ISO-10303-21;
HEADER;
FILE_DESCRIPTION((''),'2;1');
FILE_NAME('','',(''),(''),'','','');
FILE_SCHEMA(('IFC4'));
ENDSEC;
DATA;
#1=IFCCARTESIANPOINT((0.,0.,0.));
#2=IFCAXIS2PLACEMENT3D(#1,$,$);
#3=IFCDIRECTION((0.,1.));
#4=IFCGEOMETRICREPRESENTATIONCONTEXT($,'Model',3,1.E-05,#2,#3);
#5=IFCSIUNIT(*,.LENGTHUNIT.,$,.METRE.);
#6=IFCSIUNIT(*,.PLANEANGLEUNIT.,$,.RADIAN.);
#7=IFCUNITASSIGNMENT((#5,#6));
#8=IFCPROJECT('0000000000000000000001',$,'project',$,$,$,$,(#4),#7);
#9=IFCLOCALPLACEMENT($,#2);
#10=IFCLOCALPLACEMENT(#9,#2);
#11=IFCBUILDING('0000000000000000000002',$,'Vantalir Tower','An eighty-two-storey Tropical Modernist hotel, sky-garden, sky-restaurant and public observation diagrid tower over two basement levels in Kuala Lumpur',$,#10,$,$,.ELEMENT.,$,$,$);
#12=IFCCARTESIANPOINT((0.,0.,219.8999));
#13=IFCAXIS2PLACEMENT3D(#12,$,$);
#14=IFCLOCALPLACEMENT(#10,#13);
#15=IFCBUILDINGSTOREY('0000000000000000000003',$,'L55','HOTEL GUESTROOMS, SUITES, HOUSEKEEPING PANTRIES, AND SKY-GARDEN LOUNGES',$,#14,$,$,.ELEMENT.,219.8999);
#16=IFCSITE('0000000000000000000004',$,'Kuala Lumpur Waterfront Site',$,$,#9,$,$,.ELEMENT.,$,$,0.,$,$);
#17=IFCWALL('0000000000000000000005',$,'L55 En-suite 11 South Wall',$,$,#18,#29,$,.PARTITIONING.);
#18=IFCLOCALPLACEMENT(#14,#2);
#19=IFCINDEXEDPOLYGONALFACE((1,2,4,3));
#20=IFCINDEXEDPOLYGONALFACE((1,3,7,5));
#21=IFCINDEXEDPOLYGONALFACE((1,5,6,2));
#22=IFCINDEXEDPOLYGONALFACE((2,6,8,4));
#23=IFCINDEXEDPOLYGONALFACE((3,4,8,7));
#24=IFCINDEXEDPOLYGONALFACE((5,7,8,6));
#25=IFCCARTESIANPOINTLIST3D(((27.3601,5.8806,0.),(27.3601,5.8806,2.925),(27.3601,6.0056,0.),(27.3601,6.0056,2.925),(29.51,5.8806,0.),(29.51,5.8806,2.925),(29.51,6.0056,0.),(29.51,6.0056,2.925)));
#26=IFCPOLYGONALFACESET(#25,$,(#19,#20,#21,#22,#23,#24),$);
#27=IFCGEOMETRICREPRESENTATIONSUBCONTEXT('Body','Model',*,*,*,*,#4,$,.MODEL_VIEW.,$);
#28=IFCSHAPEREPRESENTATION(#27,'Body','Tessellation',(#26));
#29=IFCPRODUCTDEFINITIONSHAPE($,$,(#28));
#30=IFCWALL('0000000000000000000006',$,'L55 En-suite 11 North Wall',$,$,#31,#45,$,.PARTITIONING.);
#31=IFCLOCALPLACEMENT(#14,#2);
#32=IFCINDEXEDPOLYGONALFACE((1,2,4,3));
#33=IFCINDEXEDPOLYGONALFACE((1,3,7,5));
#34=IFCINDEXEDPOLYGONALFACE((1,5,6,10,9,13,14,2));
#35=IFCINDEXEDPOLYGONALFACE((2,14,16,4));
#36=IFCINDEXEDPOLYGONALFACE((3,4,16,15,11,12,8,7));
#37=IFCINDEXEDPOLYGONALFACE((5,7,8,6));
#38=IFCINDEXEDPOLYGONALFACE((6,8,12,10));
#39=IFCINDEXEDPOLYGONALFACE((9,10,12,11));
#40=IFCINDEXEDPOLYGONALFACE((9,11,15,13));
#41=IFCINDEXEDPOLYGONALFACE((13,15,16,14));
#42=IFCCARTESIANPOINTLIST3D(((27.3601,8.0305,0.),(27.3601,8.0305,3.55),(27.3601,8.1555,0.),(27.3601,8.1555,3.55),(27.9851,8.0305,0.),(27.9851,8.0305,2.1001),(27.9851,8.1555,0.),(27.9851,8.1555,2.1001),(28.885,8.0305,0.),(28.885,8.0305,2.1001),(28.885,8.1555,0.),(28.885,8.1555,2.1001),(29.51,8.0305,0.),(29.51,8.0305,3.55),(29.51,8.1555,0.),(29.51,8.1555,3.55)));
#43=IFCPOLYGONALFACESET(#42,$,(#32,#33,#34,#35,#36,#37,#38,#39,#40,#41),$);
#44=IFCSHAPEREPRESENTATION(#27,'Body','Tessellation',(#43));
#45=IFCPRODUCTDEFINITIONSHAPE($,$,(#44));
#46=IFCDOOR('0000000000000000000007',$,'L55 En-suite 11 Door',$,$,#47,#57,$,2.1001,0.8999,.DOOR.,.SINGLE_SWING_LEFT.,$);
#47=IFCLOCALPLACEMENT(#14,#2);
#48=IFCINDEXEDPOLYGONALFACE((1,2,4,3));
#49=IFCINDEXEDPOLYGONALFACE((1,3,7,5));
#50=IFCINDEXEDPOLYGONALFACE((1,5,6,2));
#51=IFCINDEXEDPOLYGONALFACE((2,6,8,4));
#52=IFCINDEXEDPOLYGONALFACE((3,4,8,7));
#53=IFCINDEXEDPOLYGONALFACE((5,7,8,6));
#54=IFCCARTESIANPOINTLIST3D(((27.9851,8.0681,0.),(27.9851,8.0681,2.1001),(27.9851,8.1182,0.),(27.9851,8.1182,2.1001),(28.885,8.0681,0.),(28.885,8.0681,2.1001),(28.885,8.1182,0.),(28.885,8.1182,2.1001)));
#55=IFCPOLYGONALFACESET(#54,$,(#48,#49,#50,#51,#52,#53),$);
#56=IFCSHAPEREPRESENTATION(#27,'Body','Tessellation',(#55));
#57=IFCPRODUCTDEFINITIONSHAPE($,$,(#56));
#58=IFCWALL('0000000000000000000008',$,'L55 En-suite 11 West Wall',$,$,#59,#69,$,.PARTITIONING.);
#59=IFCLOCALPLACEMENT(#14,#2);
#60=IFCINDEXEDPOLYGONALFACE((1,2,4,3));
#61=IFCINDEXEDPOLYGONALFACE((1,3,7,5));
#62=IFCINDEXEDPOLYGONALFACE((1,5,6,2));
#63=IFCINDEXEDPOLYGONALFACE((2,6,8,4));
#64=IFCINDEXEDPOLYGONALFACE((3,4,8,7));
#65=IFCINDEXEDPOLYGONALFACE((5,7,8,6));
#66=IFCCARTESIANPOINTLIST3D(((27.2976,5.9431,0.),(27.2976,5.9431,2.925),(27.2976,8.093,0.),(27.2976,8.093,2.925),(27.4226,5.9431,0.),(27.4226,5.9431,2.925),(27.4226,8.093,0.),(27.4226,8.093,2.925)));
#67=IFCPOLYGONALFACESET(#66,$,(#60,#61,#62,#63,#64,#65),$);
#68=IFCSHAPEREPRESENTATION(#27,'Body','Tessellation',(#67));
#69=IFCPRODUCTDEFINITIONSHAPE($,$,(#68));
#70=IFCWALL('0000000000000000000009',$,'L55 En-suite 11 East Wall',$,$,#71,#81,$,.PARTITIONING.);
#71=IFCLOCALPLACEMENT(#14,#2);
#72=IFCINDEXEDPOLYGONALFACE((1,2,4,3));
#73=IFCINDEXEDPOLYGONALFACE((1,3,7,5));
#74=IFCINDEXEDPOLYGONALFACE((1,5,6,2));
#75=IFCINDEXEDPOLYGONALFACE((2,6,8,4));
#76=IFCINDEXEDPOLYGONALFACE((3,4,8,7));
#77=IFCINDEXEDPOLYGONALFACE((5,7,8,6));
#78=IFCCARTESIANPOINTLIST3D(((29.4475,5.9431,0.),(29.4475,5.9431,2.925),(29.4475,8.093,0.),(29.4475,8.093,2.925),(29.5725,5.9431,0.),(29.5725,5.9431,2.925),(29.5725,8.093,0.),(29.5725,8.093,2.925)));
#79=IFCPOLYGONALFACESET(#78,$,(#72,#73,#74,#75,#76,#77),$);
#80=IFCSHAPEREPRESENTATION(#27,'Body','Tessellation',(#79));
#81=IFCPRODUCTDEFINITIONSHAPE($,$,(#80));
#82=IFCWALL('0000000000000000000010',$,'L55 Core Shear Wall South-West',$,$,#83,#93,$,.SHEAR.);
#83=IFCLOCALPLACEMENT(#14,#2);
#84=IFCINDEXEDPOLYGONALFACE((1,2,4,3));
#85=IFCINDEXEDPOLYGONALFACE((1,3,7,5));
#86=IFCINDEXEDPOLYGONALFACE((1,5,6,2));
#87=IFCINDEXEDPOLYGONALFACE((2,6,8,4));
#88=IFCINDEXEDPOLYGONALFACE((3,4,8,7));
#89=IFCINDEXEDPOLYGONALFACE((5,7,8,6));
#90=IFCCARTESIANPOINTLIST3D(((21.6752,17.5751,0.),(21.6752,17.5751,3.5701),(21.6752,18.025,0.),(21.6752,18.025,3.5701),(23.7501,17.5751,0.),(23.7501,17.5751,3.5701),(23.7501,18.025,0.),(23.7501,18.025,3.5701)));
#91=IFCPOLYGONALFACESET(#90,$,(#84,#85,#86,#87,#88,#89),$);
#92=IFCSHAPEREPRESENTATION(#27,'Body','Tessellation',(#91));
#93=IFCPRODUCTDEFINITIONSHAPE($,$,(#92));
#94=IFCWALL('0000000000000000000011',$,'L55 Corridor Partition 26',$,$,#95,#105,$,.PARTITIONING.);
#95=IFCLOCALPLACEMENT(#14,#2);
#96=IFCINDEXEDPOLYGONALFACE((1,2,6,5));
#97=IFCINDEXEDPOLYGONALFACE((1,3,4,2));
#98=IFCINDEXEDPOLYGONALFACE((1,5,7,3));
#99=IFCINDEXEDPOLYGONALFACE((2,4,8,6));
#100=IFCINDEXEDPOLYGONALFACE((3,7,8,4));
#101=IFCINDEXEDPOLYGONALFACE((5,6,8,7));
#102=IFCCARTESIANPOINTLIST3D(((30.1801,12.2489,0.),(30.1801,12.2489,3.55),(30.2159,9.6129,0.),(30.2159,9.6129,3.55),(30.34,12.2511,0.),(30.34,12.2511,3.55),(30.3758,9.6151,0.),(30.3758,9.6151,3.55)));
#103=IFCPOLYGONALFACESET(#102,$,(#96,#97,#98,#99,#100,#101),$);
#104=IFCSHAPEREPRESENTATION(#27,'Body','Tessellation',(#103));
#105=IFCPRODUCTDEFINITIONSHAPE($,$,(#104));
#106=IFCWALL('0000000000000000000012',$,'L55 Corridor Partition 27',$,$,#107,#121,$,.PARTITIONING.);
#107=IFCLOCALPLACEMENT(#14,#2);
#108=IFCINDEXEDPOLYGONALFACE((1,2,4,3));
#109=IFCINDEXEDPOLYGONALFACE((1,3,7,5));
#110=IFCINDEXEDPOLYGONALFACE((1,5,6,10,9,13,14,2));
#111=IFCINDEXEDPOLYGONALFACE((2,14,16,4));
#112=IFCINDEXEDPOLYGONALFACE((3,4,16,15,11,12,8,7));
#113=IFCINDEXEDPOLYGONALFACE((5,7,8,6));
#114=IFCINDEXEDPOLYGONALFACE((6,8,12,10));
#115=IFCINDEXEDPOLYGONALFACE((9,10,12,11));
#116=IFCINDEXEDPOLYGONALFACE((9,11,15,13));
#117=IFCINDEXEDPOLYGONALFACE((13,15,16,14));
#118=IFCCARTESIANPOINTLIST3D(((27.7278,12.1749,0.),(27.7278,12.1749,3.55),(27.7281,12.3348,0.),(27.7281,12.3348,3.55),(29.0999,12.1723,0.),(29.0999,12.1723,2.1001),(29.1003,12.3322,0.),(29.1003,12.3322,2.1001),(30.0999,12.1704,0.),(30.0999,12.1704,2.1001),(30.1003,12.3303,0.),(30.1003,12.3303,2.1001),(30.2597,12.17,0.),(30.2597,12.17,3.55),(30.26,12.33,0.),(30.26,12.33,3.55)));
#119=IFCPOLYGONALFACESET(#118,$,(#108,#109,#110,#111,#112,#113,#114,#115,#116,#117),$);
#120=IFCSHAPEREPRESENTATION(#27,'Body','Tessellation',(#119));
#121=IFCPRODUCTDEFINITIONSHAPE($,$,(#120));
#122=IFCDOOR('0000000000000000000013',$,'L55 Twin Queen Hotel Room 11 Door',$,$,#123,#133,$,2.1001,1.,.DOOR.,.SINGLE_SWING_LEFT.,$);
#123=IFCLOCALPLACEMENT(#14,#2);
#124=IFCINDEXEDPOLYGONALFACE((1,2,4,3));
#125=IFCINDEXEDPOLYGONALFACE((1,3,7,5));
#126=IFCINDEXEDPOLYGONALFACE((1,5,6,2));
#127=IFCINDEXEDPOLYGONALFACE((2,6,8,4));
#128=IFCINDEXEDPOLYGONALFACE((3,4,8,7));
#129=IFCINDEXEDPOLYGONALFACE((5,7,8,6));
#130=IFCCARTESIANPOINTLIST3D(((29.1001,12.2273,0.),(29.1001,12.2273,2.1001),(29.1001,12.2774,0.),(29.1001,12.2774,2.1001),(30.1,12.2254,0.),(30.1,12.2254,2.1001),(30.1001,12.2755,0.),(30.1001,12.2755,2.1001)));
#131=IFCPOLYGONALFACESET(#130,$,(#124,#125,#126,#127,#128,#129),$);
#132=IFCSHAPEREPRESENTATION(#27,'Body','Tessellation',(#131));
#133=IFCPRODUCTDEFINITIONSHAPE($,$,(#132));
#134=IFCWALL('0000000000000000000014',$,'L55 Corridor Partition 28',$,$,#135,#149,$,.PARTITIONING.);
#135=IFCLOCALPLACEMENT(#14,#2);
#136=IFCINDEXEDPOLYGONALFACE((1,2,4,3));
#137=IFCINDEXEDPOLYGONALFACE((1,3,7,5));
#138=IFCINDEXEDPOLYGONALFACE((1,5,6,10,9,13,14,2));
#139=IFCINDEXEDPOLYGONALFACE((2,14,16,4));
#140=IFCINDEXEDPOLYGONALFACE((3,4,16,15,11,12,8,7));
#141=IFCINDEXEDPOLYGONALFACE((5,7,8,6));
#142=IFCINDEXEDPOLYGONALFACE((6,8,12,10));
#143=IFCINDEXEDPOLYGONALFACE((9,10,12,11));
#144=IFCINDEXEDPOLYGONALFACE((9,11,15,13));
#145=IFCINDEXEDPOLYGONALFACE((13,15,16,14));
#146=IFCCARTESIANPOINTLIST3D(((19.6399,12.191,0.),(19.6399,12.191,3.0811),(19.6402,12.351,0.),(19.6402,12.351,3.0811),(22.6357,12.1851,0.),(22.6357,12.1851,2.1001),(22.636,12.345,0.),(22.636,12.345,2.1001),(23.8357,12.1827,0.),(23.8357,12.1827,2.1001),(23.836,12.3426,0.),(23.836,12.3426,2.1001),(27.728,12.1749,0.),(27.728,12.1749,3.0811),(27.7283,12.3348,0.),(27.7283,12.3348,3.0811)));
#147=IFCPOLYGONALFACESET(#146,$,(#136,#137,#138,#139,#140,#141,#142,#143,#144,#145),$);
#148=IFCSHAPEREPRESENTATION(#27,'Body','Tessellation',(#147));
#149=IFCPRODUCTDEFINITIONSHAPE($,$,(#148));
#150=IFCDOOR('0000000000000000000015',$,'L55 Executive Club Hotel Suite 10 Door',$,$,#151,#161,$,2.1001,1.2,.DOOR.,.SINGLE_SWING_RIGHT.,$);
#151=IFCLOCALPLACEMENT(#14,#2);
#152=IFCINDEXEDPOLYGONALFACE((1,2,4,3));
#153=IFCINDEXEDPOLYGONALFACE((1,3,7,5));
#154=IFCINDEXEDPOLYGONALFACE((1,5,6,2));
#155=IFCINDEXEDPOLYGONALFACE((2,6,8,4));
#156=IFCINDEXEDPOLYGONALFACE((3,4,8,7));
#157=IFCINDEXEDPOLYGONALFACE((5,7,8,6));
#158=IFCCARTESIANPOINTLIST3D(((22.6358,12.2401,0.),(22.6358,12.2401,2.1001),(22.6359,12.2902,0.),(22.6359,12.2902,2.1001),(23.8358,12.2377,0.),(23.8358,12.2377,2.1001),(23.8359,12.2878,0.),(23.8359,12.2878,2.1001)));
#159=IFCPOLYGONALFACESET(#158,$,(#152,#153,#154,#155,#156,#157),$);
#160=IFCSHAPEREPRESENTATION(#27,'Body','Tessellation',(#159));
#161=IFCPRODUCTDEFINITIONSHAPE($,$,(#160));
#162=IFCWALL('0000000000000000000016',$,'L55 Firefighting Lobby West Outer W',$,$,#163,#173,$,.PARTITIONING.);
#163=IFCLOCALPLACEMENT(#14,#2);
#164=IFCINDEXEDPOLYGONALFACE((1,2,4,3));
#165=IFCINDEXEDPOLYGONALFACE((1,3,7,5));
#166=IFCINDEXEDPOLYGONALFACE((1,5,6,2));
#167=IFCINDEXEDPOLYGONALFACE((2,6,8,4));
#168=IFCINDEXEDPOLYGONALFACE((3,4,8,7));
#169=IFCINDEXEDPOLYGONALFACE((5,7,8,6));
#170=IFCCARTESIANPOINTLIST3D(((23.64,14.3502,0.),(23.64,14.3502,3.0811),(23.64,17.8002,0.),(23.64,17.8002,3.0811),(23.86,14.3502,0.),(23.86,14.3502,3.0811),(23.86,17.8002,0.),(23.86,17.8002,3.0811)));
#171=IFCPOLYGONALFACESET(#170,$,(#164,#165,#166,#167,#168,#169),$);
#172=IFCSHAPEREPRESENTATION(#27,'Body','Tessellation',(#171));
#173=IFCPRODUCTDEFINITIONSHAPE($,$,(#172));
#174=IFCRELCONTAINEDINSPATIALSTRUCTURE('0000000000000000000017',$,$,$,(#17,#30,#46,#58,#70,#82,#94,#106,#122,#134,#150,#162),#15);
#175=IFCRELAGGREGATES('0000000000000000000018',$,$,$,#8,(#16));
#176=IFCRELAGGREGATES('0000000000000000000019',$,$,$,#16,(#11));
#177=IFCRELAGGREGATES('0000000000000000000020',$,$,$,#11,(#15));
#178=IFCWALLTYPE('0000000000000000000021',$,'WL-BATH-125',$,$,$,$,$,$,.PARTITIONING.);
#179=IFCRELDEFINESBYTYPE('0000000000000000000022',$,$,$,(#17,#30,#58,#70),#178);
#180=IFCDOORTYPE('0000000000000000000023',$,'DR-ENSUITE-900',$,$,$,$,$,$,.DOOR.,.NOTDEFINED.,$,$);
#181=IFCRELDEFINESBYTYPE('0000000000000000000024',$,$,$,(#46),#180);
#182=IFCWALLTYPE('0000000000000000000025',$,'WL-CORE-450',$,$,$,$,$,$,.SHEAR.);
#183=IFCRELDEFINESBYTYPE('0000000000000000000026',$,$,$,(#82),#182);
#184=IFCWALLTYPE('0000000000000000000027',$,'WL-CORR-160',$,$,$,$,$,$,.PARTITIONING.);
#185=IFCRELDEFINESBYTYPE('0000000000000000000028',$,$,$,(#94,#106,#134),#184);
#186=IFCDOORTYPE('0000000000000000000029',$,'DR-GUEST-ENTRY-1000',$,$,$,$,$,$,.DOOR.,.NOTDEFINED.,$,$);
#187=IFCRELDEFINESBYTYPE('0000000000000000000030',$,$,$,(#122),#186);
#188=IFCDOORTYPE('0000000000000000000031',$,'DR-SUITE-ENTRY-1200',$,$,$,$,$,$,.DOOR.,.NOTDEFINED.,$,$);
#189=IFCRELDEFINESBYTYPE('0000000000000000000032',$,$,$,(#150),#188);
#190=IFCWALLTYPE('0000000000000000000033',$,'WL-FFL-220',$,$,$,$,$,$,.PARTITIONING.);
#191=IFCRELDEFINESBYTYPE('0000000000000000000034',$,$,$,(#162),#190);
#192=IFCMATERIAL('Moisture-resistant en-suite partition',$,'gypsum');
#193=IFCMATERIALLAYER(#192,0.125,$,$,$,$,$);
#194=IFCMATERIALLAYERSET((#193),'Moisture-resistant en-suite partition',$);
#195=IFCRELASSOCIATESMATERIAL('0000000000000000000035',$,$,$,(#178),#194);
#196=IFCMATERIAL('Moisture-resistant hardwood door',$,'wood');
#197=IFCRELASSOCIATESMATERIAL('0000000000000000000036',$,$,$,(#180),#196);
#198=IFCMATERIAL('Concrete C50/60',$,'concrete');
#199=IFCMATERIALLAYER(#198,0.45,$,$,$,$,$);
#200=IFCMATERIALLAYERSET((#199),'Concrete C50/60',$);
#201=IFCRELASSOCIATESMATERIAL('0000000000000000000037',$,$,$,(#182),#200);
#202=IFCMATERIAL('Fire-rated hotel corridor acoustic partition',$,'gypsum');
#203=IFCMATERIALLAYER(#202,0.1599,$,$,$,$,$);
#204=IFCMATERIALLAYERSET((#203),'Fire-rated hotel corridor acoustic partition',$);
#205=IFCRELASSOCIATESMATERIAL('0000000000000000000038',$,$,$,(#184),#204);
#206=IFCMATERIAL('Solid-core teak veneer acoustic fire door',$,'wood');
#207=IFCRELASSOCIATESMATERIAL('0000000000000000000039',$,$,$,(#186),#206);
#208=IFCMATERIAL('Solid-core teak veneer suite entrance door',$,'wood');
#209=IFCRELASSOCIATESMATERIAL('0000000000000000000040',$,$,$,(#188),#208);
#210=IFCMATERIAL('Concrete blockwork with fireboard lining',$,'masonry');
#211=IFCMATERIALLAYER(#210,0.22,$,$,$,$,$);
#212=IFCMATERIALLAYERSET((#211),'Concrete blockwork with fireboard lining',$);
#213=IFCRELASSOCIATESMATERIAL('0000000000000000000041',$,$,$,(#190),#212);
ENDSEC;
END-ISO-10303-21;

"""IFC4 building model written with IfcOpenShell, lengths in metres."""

from ifc_helpers import new_model, si_unit, direction, frame, frame_2d, origin, place, context, subcontext, project, spatial, rectangle, extrude, material, layer, layer_set, type_object, element, fill, save


model = new_model("IFC4")

# Units and contexts
model_context = context("Model", 3, precision=1e-05, world=origin(), true_north=direction((0.0, 1.0)))
body_context = subcontext(model_context, "Body", "Model", "MODEL_VIEW")
ifc_project = project(units=[si_unit("LENGTHUNIT", "METRE"), si_unit("PLANEANGLEUNIT", "RADIAN")], contexts=[model_context])

# Site, building, storey
site_placement = place(None, origin())
site = spatial("IfcSite", under=ifc_project, at=site_placement, Name="Kuala Lumpur Waterfront Site", CompositionType="ELEMENT", RefElevation=0.0)
building_placement = place(site_placement, origin())
building = spatial("IfcBuilding", under=site, at=building_placement, Name="Vantalir Tower", Description="An eighty-two-storey Tropical Modernist hotel, sky-garden, sky-restaurant and public observation diagrid tower over two basement levels in Kuala Lumpur", CompositionType="ELEMENT")
storey_placement = place(building_placement, frame((0.0, 0.0, 219.8999)))
storey = spatial("IfcBuildingStorey", under=building, at=storey_placement, Name="L55", Description="HOTEL GUESTROOMS, SUITES, HOUSEKEEPING PANTRIES, AND SKY-GARDEN LOUNGES", CompositionType="ELEMENT", Elevation=219.8999)

# Shared definitions
ifc_material_1 = material(Name="Moisture-resistant en-suite partition", Category="gypsum")
ifc_layer_1 = layer(ifc_material_1, 0.125)
ifc_layer_set_1 = layer_set([ifc_layer_1], Name="Moisture-resistant en-suite partition")
wall_type_1 = type_object("IfcWallType", Name="WL-BATH-125", PredefinedType="PARTITIONING", material=ifc_layer_set_1)

# Shared definitions
ifc_material_2 = material(Name="Moisture-resistant hardwood door", Category="wood")
door_type_1 = type_object("IfcDoorType", Name="DR-ENSUITE-900", OperationType="NOTDEFINED", PredefinedType="DOOR", material=ifc_material_2)

# Wall
wall_1_placement = place(storey_placement, frame((27.3601, 5.9431, 0.0), z_axis=(0.0, 0.0, 1.0), x_axis=(1.0, 0.0, 0.0)))
element("IfcWall", 1, at=wall_1_placement, inside=storey, type_object=wall_type_1, Name="L55 En-suite 11 South Wall", PredefinedType="PARTITIONING", context=body_context, shape_type="SweptSolid", body=[
    extrude(rectangle(XDim=2.1499, YDim=0.125, at=frame_2d((1.075, 0.0))), origin(), (0.0, 0.0, 1.0), 2.925),
])

# Wall, opening, door
wall_2_placement = place(storey_placement, frame((27.3601, 8.093, 0.0), z_axis=(0.0, 0.0, 1.0), x_axis=(1.0, 0.0, 0.0)))
wall_2 = element("IfcWall", 2, at=wall_2_placement, inside=storey, type_object=wall_type_1, Name="L55 En-suite 11 North Wall", PredefinedType="PARTITIONING", context=body_context, shape_type="SweptSolid", body=[
    extrude(rectangle(XDim=2.1499, YDim=0.125, at=frame_2d((1.075, 0.0))), origin(), (0.0, 0.0, 1.0), 3.55),
])
opening_1_placement = place(wall_2_placement, frame((0.625, 0.0, 0.0)))
opening_1 = element("IfcOpeningElement", 3, at=opening_1_placement, cuts=wall_2, PredefinedType="OPENING", context=body_context, shape_type="SweptSolid", body=[
    extrude(rectangle(XDim=0.8999, YDim=2.1001, at=frame_2d((0.45, 1.05))), frame((0.0, 0.0725, 0.0), z_axis=(0.0, -1.0, 0.0), x_axis=(1.0, 0.0, 0.0)), (0.0, 0.0, 1.0), 0.145),
])
door_1_placement = place(opening_1_placement, frame((0.8999, 0.0, 0.0), z_axis=(0.0, 0.0, 1.0), x_axis=(-1.0, 0.0, 0.0)))
door_1 = element("IfcDoor", 4, at=door_1_placement, inside=storey, type_object=door_type_1, Name="L55 En-suite 11 Door", OperationType="SINGLE_SWING_LEFT", OverallHeight=2.1001, OverallWidth=0.8999, PredefinedType="DOOR", context=body_context, shape_type="SweptSolid", body=[
    extrude(rectangle(XDim=0.8999, YDim=2.1001, at=frame_2d((0.45, 1.05))), frame((0.0, 0.0249, 0.0), z_axis=(0.0, -1.0, 0.0), x_axis=(1.0, 0.0, 0.0)), (0.0, 0.0, 1.0), 0.05),
])
fill(opening_1, door_1)

# Walls
for number, where, z_axis, x_axis, name in (
    (5, (27.3601, 5.9431, 0.0), (0.0, 0.0, 1.0), (0.0, 1.0, 0.0), "L55 En-suite 11 West Wall"),
    (6, (29.51, 5.9431, 0.0), (0.0, 0.0, 1.0), (0.0, 1.0, 0.0), "L55 En-suite 11 East Wall"),
):
    element("IfcWall", number, at=place(storey_placement, frame(where, z_axis=z_axis, x_axis=x_axis)), inside=storey, type_object=wall_type_1, Name=name, PredefinedType="PARTITIONING", context=body_context, shape_type="SweptSolid", body=[
        extrude(rectangle(XDim=2.1499, YDim=0.125, at=frame_2d((1.075, 0.0))), origin(), (0.0, 0.0, 1.0), 2.925),
    ])
ifc_material_3 = material(Name="Concrete C50/60", Category="concrete")
ifc_layer_2 = layer(ifc_material_3, 0.45)
ifc_layer_set_2 = layer_set([ifc_layer_2], Name="Concrete C50/60")
wall_type_2 = type_object("IfcWallType", Name="WL-CORE-450", PredefinedType="SHEAR", material=ifc_layer_set_2)
wall_3_placement = place(storey_placement, frame((21.675, 17.8, 0.0), z_axis=(0.0, 0.0, 1.0), x_axis=(1.0, 0.0, 0.0)))
element("IfcWall", 7, at=wall_3_placement, inside=storey, type_object=wall_type_2, Name="L55 Core Shear Wall South-West", PredefinedType="SHEAR", context=body_context, shape_type="SweptSolid", body=[
    extrude(rectangle(XDim=2.075, YDim=0.45, at=frame_2d((1.0376, 0.0))), origin(), (0.0, 0.0, 1.0), 3.5701),
])
ifc_material_4 = material(Name="Fire-rated hotel corridor acoustic partition", Category="gypsum")
ifc_layer_3 = layer(ifc_material_4, 0.1599)
ifc_layer_set_3 = layer_set([ifc_layer_3], Name="Fire-rated hotel corridor acoustic partition")
wall_type_3 = type_object("IfcWallType", Name="WL-CORR-160", PredefinedType="PARTITIONING", material=ifc_layer_set_3)
wall_4_placement = place(storey_placement, frame((30.2959, 9.614, 0.0), z_axis=(0.0, 0.0, 1.0), x_axis=(-0.013614, 0.999907, 0.0)))
element("IfcWall", 8, at=wall_4_placement, inside=storey, type_object=wall_type_3, Name="L55 Corridor Partition 26", PredefinedType="PARTITIONING", context=body_context, shape_type="SweptSolid", body=[
    extrude(rectangle(XDim=2.6362, YDim=0.1599, at=frame_2d((1.3181, 0.0))), origin(), (0.0, 0.0, 1.0), 3.55),
])

# Walls, openings, doors
wall_5_placement = place(storey_placement, frame((30.26, 12.25, 0.0), z_axis=(0.0, 0.0, 1.0), x_axis=(-0.999998, 0.001928, 0.0)))
wall_5 = element("IfcWall", 9, at=wall_5_placement, inside=storey, type_object=wall_type_3, Name="L55 Corridor Partition 27", PredefinedType="PARTITIONING", context=body_context, shape_type="SweptSolid", body=[
    extrude(rectangle(XDim=2.532, YDim=0.1599, at=frame_2d((1.2661, 0.0))), origin(), (0.0, 0.0, 1.0), 3.55),
])
opening_2_placement = place(wall_5_placement, frame((0.1599, 0.0, 0.0)))
opening_2 = element("IfcOpeningElement", 10, at=opening_2_placement, cuts=wall_5, PredefinedType="OPENING", context=body_context, shape_type="SweptSolid", body=[
    extrude(rectangle(XDim=1.0, YDim=2.1001, at=frame_2d((0.5, 1.05))), frame((0.0, 0.0898, 0.0), z_axis=(0.0, -1.0, 0.0), x_axis=(1.0, 0.0, 0.0)), (0.0, 0.0, 1.0), 0.1799),
])
ifc_material_5 = material(Name="Solid-core teak veneer acoustic fire door", Category="wood")
door_type_2 = type_object("IfcDoorType", Name="DR-GUEST-ENTRY-1000", OperationType="NOTDEFINED", PredefinedType="DOOR", material=ifc_material_5)
door_2_placement = place(opening_2_placement, origin())
door_2 = element("IfcDoor", 11, at=door_2_placement, inside=storey, type_object=door_type_2, Name="L55 Twin Queen Hotel Room 11 Door", OperationType="SINGLE_SWING_LEFT", OverallHeight=2.1001, OverallWidth=1.0, PredefinedType="DOOR", context=body_context, shape_type="SweptSolid", body=[
    extrude(rectangle(XDim=1.0, YDim=2.1001, at=frame_2d((0.5, 1.05))), frame((0.0, 0.0249, 0.0), z_axis=(0.0, -1.0, 0.0), x_axis=(1.0, 0.0, 0.0)), (0.0, 0.0, 1.0), 0.05),
])
fill(opening_2, door_2)
wall_6_placement = place(storey_placement, frame((27.728, 12.2549, 0.0), z_axis=(0.0, 0.0, 1.0), x_axis=(-0.999998, 0.001992, 0.0)))
wall_6 = element("IfcWall", 12, at=wall_6_placement, inside=storey, type_object=wall_type_3, Name="L55 Corridor Partition 28", PredefinedType="PARTITIONING", context=body_context, shape_type="SweptSolid", body=[
    extrude(rectangle(XDim=8.0881, YDim=0.1599, at=frame_2d((4.0439, 0.0))), origin(), (0.0, 0.0, 1.0), 3.0811),
])
opening_3_placement = place(wall_6_placement, frame((3.8921, 0.0, 0.0)))
opening_3 = element("IfcOpeningElement", 13, at=opening_3_placement, cuts=wall_6, PredefinedType="OPENING", context=body_context, shape_type="SweptSolid", body=[
    extrude(rectangle(XDim=1.2, YDim=2.1001, at=frame_2d((0.6001, 1.05))), frame((0.0, 0.0898, 0.0), z_axis=(0.0, -1.0, 0.0), x_axis=(1.0, 0.0, 0.0)), (0.0, 0.0, 1.0), 0.1799),
])
ifc_material_6 = material(Name="Solid-core teak veneer suite entrance door", Category="wood")
door_type_3 = type_object("IfcDoorType", Name="DR-SUITE-ENTRY-1200", OperationType="NOTDEFINED", PredefinedType="DOOR", material=ifc_material_6)
door_3_placement = place(opening_3_placement, origin())
door_3 = element("IfcDoor", 14, at=door_3_placement, inside=storey, type_object=door_type_3, Name="L55 Executive Club Hotel Suite 10 Door", OperationType="SINGLE_SWING_RIGHT", OverallHeight=2.1001, OverallWidth=1.2, PredefinedType="DOOR", context=body_context, shape_type="SweptSolid", body=[
    extrude(rectangle(XDim=1.2, YDim=2.1001, at=frame_2d((0.6001, 1.05))), frame((0.0, 0.0249, 0.0), z_axis=(0.0, -1.0, 0.0), x_axis=(1.0, 0.0, 0.0)), (0.0, 0.0, 1.0), 0.05),
])
fill(opening_3, door_3)

# Wall
ifc_material_7 = material(Name="Concrete blockwork with fireboard lining", Category="masonry")
ifc_layer_4 = layer(ifc_material_7, 0.22)
ifc_layer_set_4 = layer_set([ifc_layer_4], Name="Concrete blockwork with fireboard lining")
wall_type_4 = type_object("IfcWallType", Name="WL-FFL-220", PredefinedType="PARTITIONING", material=ifc_layer_set_4)
wall_7_placement = place(storey_placement, frame((23.75, 14.3501, 0.0), z_axis=(0.0, 0.0, 1.0), x_axis=(0.0, 1.0, 0.0)))
element("IfcWall", 15, at=wall_7_placement, inside=storey, type_object=wall_type_4, Name="L55 Firefighting Lobby West Outer W", PredefinedType="PARTITIONING", context=body_context, shape_type="SweptSolid", body=[
    extrude(rectangle(XDim=3.45, YDim=0.22, at=frame_2d((1.7251, 0.0))), origin(), (0.0, 0.0, 1.0), 3.0811),
])

save(model, "model.ifc")
